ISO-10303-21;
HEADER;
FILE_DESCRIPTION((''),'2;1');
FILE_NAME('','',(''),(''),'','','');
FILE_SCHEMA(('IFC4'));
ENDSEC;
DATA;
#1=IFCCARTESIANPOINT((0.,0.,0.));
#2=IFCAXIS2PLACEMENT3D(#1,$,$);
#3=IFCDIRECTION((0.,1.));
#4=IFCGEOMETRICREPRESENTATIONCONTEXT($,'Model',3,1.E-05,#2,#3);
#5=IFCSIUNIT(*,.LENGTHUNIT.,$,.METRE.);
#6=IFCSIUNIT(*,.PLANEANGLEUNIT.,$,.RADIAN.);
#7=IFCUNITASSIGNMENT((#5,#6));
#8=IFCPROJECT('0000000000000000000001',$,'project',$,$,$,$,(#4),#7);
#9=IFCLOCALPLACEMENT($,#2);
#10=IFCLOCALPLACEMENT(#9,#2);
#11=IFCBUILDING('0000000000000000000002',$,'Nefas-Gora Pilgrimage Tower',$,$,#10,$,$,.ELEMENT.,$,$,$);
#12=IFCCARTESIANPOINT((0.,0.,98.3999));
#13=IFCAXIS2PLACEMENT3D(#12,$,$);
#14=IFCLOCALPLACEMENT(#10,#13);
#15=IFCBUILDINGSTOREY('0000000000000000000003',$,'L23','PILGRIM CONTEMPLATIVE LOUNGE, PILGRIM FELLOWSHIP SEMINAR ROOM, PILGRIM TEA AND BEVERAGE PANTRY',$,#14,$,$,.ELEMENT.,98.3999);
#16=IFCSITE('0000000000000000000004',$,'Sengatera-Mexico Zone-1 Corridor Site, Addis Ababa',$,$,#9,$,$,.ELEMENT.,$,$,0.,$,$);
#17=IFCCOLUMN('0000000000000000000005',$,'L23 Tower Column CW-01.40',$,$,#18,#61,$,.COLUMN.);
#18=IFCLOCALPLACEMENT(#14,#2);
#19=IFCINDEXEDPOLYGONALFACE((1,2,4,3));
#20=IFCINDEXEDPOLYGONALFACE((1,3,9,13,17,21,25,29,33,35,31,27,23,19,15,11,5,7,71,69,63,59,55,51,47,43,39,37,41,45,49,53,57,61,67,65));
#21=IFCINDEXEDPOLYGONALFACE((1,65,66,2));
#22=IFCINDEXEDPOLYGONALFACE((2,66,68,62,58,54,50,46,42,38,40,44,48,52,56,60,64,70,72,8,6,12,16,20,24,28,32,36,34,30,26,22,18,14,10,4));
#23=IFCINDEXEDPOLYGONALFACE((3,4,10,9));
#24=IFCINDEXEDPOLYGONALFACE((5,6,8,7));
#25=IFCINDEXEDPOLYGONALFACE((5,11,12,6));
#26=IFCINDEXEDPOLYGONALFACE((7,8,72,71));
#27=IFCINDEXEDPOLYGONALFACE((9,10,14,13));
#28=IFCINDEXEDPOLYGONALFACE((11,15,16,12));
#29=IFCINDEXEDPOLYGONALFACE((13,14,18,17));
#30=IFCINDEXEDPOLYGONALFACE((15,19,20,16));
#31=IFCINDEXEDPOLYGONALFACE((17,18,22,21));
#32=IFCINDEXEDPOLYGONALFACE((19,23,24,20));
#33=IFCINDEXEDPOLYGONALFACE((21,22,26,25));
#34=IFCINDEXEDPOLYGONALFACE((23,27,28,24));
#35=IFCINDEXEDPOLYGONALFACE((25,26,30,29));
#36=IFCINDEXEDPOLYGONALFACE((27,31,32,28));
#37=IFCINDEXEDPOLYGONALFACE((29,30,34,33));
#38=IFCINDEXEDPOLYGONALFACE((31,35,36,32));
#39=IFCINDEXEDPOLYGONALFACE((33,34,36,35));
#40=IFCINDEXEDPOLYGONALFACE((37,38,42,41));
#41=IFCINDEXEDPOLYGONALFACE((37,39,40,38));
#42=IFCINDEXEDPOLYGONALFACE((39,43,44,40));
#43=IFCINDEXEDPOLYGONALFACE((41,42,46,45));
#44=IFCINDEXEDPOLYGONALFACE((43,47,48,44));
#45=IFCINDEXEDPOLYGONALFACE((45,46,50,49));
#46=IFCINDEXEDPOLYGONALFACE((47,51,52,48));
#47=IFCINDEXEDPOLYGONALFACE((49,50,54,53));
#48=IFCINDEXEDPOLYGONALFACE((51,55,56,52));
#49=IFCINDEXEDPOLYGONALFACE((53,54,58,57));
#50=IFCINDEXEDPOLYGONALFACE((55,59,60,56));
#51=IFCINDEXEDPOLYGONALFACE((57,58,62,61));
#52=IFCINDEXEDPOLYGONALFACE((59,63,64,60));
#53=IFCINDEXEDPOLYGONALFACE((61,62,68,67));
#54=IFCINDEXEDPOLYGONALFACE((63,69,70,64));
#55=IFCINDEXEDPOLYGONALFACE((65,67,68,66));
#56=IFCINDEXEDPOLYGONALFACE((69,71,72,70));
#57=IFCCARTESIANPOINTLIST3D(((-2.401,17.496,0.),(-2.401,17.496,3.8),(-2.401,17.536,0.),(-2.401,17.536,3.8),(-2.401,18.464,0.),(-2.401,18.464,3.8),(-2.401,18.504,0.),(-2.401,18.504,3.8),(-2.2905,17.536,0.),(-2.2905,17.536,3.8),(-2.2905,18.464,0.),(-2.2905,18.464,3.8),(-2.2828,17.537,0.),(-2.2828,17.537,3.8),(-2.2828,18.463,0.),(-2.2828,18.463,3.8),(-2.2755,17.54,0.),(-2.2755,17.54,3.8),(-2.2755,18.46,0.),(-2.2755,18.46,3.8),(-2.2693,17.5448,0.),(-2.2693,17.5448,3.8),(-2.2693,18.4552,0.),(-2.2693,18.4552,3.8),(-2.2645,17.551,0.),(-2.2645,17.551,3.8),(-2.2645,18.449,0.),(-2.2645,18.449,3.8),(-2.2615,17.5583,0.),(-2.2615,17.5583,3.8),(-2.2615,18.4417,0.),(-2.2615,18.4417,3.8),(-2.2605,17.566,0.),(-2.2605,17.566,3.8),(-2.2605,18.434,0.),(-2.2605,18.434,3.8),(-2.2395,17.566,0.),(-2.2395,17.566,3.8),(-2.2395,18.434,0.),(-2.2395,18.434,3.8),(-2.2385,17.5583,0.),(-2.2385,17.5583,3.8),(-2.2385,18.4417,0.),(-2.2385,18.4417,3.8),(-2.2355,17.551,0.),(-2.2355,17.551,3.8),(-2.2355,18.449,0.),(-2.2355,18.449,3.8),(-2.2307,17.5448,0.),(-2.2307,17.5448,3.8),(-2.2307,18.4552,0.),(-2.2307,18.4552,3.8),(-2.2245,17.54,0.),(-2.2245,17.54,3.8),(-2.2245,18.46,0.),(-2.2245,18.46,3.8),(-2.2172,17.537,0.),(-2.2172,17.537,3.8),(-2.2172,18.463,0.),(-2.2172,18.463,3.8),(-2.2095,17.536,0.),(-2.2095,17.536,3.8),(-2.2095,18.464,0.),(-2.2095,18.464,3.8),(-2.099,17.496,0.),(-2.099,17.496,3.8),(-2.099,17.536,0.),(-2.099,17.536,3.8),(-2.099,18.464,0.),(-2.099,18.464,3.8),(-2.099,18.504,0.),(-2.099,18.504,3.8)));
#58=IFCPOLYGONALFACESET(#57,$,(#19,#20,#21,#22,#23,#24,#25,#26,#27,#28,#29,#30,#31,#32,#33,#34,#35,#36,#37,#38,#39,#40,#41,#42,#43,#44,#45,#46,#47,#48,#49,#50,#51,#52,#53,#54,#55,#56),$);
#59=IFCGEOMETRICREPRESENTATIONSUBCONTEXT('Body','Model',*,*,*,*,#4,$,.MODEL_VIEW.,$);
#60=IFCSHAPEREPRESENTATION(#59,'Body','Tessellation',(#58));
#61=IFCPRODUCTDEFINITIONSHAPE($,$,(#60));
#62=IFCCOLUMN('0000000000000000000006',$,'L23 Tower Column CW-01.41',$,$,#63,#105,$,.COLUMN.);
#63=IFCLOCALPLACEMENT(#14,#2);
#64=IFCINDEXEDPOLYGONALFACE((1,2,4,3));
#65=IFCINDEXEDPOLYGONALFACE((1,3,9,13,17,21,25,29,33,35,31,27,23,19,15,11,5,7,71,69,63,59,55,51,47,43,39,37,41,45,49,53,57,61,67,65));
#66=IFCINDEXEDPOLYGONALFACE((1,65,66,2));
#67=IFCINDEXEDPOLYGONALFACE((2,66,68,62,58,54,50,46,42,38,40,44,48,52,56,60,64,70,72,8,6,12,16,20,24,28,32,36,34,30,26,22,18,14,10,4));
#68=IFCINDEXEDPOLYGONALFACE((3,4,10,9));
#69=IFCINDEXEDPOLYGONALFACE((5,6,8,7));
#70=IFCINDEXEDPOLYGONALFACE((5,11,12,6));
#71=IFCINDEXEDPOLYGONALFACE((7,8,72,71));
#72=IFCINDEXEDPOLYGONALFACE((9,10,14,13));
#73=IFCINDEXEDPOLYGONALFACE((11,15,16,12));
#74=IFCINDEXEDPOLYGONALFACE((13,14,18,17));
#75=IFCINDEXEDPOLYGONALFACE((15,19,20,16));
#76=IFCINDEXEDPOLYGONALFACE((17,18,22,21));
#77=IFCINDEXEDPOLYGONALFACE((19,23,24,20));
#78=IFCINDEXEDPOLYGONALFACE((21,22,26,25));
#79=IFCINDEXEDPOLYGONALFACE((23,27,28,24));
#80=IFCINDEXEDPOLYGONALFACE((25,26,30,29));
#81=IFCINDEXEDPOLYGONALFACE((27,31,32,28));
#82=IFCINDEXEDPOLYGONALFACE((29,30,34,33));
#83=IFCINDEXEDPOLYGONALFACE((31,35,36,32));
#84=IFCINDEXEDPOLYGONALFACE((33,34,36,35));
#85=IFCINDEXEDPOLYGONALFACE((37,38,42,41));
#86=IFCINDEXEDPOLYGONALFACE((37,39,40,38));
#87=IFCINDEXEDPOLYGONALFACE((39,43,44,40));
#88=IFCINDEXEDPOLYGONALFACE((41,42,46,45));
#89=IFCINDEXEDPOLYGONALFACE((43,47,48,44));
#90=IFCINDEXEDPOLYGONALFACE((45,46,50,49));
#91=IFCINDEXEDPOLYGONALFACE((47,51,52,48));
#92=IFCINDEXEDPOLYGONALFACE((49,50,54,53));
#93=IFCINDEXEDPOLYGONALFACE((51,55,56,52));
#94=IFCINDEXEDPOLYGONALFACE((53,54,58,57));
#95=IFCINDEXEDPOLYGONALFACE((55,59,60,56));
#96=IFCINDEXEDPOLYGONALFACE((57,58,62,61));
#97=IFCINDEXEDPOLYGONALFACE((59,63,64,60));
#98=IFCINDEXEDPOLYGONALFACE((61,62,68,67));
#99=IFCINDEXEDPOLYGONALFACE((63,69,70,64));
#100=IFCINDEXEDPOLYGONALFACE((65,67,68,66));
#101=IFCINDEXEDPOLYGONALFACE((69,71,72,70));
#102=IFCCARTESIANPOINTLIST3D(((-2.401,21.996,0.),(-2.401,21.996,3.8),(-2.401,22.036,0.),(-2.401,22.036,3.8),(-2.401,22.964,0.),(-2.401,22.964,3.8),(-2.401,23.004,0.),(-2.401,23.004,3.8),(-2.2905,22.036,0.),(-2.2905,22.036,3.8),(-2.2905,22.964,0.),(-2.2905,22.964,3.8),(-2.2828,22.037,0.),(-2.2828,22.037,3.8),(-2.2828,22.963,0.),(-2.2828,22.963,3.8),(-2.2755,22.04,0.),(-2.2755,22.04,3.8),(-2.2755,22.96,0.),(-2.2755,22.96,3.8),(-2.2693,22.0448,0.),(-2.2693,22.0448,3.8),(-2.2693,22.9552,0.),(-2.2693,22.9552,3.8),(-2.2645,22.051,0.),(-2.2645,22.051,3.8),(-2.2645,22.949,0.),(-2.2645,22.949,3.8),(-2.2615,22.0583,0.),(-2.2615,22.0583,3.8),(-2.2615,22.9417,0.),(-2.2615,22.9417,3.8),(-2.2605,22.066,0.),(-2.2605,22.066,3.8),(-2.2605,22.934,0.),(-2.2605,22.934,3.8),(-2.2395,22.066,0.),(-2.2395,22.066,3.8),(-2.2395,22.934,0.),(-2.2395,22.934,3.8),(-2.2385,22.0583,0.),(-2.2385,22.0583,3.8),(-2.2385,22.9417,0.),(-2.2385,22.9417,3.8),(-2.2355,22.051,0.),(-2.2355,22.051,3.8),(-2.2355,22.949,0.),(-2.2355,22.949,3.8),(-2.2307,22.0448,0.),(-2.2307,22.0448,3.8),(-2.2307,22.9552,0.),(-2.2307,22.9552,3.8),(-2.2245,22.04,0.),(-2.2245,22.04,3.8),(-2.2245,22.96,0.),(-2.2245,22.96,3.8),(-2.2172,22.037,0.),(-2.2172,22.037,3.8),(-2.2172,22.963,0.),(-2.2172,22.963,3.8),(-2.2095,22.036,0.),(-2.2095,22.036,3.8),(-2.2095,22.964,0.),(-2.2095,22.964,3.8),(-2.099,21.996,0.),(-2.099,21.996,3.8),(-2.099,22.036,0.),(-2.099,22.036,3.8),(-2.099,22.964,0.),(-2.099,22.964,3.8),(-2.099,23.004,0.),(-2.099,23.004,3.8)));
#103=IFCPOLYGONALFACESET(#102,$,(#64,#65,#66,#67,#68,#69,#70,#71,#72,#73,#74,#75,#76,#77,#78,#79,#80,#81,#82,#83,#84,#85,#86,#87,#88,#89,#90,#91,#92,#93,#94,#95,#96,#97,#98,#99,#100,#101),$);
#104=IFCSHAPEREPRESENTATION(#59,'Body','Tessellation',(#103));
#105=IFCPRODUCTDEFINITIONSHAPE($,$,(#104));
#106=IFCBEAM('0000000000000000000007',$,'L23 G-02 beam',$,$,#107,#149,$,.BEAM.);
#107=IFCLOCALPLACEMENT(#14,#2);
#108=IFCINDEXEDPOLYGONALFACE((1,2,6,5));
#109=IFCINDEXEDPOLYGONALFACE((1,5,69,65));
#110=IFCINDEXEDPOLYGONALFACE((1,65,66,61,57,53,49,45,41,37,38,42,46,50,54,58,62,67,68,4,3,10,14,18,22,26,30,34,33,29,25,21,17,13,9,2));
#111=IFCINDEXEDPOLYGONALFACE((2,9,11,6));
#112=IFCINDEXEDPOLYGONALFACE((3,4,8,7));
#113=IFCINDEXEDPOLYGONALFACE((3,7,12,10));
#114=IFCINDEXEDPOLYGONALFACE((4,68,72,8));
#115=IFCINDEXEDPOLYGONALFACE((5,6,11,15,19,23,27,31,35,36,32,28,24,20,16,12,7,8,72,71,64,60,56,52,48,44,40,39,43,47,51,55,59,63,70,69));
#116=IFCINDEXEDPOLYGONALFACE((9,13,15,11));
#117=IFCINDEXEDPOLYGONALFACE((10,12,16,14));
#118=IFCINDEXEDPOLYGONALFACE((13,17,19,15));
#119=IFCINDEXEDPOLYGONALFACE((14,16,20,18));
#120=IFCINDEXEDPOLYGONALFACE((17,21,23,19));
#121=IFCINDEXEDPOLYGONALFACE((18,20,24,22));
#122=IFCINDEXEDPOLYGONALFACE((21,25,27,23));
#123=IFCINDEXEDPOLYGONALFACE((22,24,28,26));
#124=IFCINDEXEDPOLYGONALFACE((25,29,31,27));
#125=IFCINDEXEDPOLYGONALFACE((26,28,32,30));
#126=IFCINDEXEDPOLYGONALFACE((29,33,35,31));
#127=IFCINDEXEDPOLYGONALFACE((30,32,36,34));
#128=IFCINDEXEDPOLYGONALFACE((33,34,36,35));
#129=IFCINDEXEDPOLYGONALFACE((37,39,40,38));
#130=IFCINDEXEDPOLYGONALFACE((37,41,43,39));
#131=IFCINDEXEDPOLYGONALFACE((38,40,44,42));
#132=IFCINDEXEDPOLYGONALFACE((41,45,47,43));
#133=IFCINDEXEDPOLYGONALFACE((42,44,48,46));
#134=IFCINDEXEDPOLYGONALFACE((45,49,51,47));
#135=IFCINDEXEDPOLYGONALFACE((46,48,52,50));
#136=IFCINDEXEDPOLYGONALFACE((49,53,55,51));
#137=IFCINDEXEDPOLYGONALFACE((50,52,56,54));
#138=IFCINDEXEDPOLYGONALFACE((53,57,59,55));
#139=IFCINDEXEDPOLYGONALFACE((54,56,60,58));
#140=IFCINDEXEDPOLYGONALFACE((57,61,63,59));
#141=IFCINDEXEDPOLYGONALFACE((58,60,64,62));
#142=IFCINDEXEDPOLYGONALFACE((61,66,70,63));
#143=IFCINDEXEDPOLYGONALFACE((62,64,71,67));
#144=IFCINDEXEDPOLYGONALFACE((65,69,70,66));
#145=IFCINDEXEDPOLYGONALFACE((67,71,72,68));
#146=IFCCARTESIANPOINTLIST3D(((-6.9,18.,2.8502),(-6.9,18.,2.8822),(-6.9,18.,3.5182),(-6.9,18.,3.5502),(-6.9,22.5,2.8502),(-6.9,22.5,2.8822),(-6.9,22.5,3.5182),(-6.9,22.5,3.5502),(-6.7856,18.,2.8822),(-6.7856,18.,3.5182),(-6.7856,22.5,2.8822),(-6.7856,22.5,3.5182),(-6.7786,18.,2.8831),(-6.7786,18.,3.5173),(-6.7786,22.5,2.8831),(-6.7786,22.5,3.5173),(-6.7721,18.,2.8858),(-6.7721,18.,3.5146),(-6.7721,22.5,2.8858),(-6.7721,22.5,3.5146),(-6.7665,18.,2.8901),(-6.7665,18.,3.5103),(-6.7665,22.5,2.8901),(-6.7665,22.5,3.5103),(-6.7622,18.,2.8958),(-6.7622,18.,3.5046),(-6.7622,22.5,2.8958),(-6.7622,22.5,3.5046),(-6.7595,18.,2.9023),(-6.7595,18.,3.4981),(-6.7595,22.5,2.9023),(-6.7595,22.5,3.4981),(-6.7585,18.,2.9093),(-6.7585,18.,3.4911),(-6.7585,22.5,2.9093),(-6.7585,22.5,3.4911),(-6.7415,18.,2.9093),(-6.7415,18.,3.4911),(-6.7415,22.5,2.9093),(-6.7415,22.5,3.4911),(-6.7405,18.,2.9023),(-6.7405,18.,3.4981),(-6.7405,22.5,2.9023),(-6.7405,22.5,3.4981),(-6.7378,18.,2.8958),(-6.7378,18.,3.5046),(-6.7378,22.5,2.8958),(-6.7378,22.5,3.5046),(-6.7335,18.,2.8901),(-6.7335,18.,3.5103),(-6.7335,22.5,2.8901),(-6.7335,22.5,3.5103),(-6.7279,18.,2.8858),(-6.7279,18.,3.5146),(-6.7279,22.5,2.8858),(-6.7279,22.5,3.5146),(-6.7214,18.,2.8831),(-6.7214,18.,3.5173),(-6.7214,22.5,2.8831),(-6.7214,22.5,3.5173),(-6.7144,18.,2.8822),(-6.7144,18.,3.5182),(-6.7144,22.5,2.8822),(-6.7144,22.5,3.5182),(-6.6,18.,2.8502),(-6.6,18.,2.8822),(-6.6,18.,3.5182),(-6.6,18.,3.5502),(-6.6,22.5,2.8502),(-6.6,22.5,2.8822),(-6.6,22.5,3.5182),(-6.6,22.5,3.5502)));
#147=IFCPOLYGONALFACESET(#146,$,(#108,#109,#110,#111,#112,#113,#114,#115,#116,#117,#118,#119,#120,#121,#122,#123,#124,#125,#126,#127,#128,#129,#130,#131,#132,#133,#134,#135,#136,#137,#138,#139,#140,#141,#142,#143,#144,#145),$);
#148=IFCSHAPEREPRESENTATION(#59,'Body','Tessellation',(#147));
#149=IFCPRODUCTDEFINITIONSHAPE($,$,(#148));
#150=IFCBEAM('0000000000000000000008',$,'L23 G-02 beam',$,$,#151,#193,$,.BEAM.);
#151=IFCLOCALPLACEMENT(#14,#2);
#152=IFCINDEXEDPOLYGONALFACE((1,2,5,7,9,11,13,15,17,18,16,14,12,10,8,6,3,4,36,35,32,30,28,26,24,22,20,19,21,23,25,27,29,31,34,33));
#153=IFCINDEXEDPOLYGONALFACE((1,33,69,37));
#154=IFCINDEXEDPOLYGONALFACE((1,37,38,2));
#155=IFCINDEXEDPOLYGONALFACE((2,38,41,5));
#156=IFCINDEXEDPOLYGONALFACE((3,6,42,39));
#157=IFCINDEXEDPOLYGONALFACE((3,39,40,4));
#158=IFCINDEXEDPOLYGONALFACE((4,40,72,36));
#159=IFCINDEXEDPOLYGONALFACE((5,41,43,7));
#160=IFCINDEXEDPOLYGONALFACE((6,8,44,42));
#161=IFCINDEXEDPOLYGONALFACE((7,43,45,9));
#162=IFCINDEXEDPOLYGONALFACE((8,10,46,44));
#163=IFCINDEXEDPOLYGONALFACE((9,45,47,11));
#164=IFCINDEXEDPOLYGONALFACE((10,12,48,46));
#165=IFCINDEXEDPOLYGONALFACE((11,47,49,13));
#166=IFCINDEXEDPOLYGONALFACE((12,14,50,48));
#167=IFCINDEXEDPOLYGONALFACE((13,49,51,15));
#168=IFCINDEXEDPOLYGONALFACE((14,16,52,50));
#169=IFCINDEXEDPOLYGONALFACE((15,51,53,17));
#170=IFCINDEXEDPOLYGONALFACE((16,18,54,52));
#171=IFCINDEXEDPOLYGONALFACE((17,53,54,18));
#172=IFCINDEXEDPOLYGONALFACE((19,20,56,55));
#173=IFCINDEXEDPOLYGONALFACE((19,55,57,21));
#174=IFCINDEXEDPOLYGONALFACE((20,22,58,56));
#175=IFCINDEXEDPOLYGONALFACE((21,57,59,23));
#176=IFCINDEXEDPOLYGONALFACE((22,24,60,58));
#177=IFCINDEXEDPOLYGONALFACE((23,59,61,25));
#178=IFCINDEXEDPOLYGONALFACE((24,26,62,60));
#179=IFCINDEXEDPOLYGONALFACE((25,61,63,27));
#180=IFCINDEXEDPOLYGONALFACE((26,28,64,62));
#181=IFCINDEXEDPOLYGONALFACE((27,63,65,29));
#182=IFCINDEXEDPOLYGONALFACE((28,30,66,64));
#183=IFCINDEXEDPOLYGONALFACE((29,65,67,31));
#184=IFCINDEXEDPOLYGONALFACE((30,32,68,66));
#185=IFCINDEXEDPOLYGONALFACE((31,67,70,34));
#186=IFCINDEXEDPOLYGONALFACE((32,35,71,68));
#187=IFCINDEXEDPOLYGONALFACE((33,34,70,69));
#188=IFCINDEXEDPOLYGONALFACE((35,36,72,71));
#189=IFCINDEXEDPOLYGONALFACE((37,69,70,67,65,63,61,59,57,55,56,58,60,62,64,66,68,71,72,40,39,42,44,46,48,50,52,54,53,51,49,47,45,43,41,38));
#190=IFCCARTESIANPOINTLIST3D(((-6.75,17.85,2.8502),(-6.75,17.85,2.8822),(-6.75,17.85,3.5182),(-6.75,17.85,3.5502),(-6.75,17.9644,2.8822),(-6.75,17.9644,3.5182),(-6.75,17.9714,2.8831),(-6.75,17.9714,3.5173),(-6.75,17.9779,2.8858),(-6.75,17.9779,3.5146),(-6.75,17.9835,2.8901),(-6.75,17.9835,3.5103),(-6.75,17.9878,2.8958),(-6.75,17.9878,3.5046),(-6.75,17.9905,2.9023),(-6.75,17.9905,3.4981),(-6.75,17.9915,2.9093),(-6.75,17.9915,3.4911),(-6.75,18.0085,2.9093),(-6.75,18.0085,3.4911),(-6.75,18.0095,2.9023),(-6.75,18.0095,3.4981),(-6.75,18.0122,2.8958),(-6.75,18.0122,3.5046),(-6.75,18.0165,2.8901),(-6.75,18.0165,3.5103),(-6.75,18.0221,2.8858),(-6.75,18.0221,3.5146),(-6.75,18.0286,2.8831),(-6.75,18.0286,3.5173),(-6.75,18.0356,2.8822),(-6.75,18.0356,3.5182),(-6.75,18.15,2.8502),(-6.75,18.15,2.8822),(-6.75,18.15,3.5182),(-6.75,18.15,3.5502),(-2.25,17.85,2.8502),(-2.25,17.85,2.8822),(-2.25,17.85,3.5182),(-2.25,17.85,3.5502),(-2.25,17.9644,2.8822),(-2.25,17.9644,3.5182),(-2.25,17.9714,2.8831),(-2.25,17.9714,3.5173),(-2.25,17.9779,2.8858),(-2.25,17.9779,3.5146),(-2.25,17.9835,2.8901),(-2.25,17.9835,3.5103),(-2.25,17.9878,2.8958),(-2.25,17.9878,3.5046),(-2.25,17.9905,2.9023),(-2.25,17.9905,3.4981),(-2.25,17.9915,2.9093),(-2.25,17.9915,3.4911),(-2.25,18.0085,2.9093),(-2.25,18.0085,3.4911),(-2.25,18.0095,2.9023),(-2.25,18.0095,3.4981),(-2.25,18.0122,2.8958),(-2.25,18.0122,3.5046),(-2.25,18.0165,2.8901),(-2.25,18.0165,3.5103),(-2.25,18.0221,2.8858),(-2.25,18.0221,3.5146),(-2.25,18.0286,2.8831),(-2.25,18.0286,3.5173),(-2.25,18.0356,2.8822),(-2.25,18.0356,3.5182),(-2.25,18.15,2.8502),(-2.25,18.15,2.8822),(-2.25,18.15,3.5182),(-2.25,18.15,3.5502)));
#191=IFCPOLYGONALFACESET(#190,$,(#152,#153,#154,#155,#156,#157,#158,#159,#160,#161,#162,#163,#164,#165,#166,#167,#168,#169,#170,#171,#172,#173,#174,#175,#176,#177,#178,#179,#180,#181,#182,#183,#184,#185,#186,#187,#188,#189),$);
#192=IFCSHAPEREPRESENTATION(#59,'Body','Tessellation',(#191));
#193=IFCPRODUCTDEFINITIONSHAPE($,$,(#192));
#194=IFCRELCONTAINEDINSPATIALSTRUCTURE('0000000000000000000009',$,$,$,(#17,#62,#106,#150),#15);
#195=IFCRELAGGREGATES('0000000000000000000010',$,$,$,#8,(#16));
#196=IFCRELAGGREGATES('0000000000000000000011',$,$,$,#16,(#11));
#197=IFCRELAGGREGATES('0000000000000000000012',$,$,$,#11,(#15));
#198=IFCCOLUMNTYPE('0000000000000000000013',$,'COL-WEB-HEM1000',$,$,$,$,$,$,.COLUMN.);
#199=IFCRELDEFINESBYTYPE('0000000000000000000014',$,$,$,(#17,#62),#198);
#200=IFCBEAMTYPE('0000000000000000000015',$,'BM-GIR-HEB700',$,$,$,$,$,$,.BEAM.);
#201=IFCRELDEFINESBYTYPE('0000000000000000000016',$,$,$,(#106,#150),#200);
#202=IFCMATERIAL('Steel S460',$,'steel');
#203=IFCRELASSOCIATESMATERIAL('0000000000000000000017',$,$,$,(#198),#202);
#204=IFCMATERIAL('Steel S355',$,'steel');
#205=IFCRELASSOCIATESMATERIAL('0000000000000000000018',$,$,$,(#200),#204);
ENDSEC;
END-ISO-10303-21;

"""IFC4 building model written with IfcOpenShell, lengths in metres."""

from ifc_helpers import new_model, si_unit, direction, frame, origin, origin_2d, place, context, subcontext, project, spatial, i_section, extrude, source, transform, mapped, material, material_profile, profile_set, type_object, element, save


model = new_model("IFC4")

# Units and contexts
model_context = context("Model", 3, precision=1e-05, world=origin(), true_north=direction((0.0, 1.0)))
body_context = subcontext(model_context, "Body", "Model", "MODEL_VIEW")
ifc_project = project(units=[si_unit("LENGTHUNIT", "METRE"), si_unit("PLANEANGLEUNIT", "RADIAN")], contexts=[model_context])

# Site, building, storey
site_placement = place(None, origin())
site = spatial("IfcSite", under=ifc_project, at=site_placement, Name="Sengatera-Mexico Zone-1 Corridor Site, Addis Ababa", CompositionType="ELEMENT", RefElevation=0.0)
building_placement = place(site_placement, origin())
building = spatial("IfcBuilding", under=site, at=building_placement, Name="Nefas-Gora Pilgrimage Tower", CompositionType="ELEMENT")
storey_placement = place(building_placement, frame((0.0, 0.0, 98.3999)))
storey = spatial("IfcBuildingStorey", under=building, at=storey_placement, Name="L23", Description="PILGRIM CONTEMPLATIVE LOUNGE, PILGRIM FELLOWSHIP SEMINAR ROOM, PILGRIM TEA AND BEVERAGE PANTRY", CompositionType="ELEMENT", Elevation=98.3999)

# Columns
ifc_material_1 = material(Name="Steel S460", Category="steel")
ifc_material_profile_1 = material_profile(ifc_material_1, i_section(OverallWidth=0.302, OverallDepth=1.0081, WebThickness=0.021, FlangeThickness=0.04, FilletRadius=0.03, at=origin_2d()), Name="HEM 1000")
ifc_profile_set_1 = profile_set([ifc_material_profile_1], Name="Steel S460")
column_type_1 = type_object("IfcColumnType", Name="COL-WEB-HEM1000", PredefinedType="COLUMN", material=ifc_profile_set_1)
shared_shape_1 = source(origin(), body_context, "Body", "SweptSolid", [
    extrude(i_section(OverallWidth=0.302, OverallDepth=1.0081, WebThickness=0.021, FlangeThickness=0.04, FilletRadius=0.03, at=origin_2d()), origin(), (0.0, 0.0, 1.0), 3.8),
])
for number, where, z_axis, x_axis, name in (
    (1, (-2.25, 18.0, 0.0), (0.0, 0.0, 1.0), (1.0, 0.0, 0.0), "L23 Tower Column CW-01.40"),
    (2, (-2.25, 22.5, 0.0), (0.0, 0.0, 1.0), (1.0, 0.0, 0.0), "L23 Tower Column CW-01.41"),
):
    element("IfcColumn", number, at=place(storey_placement, frame(where, z_axis=z_axis, x_axis=x_axis)), inside=storey, type_object=column_type_1, Name=name, PredefinedType="COLUMN", context=body_context, shape_type="MappedRepresentation", body=[
        mapped(shared_shape_1, transform((0.0, 0.0, 0.0), x_axis=(1.0, 0.0, 0.0), y_axis=(0.0, 1.0, 0.0), z_axis=(0.0, 0.0, 1.0), scale=1.0)),
    ])

# Beams
ifc_material_2 = material(Name="Steel S355", Category="steel")
ifc_material_profile_2 = material_profile(ifc_material_2, i_section(OverallWidth=0.3, OverallDepth=0.7, WebThickness=0.0171, FlangeThickness=0.032, FilletRadius=0.0271, at=origin_2d()), Name="HEB 700")
ifc_profile_set_2 = profile_set([ifc_material_profile_2], Name="Steel S355")
beam_type = type_object("IfcBeamType", Name="BM-GIR-HEB700", PredefinedType="BEAM", material=ifc_profile_set_2)
shared_shape_2 = source(origin(), body_context, "Body", "SweptSolid", [
    extrude(i_section(OverallWidth=0.3, OverallDepth=0.7, WebThickness=0.0171, FlangeThickness=0.032, FilletRadius=0.0271, at=origin_2d()), origin(), (0.0, 0.0, 1.0), 4.5),
])
for number, where, z_axis, x_axis, name in (
    (3, (-6.75, 18.0, 3.2002), (0.0, 1.0, 0.0), (-1.0, 0.0, 0.0), "L23 G-02 beam"),
    (4, (-6.75, 18.0, 3.2002), (1.0, 0.0, 0.0), (0.0, 1.0, 0.0), "L23 G-02 beam"),
):
    element("IfcBeam", number, at=place(storey_placement, frame(where, z_axis=z_axis, x_axis=x_axis)), inside=storey, type_object=beam_type, Name=name, PredefinedType="BEAM", context=body_context, shape_type="MappedRepresentation", body=[
        mapped(shared_shape_2, transform((0.0, 0.0, 0.0), x_axis=(1.0, 0.0, 0.0), y_axis=(0.0, 1.0, 0.0), z_axis=(0.0, 0.0, 1.0), scale=1.0)),
    ])

save(model, "model.ifc")
